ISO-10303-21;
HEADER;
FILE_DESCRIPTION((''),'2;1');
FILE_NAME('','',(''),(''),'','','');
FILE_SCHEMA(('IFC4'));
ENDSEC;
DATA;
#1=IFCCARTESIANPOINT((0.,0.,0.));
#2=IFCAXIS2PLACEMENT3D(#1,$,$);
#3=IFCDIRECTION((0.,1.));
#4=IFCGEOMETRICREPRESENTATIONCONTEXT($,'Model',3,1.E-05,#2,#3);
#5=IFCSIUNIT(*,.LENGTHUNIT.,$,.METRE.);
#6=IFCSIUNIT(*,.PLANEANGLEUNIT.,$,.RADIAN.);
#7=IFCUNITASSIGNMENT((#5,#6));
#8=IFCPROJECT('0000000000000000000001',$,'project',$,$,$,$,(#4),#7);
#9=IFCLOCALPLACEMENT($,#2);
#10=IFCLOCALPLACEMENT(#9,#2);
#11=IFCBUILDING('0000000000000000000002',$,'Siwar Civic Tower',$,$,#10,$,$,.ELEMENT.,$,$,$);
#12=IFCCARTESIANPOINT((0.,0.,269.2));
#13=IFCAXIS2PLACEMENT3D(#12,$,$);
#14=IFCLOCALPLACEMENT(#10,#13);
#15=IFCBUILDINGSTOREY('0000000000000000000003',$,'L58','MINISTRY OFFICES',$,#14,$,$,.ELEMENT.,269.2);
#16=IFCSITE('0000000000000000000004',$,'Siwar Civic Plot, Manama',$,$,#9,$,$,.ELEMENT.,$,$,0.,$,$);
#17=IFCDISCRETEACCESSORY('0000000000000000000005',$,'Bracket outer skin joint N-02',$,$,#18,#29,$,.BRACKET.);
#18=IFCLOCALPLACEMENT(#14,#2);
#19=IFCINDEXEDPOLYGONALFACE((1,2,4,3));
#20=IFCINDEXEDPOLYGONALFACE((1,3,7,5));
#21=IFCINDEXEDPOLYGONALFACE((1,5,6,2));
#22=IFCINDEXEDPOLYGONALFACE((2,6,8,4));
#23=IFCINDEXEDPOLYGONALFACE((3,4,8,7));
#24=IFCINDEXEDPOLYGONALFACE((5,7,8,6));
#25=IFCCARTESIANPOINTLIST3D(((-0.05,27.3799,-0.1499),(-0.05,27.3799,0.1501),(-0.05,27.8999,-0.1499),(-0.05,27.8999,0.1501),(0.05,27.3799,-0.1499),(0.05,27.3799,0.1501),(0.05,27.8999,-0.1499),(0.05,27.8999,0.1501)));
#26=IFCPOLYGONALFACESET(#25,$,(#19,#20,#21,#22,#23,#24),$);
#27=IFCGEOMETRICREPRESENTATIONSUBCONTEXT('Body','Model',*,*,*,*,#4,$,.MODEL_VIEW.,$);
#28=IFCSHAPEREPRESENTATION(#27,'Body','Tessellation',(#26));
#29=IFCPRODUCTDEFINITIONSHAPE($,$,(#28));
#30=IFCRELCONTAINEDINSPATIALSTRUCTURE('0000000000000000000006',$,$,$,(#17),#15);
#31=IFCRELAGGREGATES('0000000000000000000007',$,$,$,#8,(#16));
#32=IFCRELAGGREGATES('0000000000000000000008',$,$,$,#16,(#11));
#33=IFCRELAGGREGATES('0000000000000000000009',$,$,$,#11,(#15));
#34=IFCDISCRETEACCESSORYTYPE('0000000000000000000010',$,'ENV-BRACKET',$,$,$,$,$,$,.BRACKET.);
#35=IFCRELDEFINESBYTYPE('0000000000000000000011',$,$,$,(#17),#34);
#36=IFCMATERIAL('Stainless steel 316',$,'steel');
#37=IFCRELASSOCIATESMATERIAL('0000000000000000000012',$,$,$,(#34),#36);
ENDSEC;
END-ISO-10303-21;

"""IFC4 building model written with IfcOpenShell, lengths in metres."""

from ifc_helpers import new_model, si_unit, direction, frame, origin, origin_2d, place, context, subcontext, project, spatial, rectangle, extrude, material, type_object, element, save


model = new_model("IFC4")

# Units and contexts
model_context = context("Model", 3, precision=1e-05, world=origin(), true_north=direction((0.0, 1.0)))
body_context = subcontext(model_context, "Body", "Model", "MODEL_VIEW")
ifc_project = project(units=[si_unit("LENGTHUNIT", "METRE"), si_unit("PLANEANGLEUNIT", "RADIAN")], contexts=[model_context])

# Site, building, storey
site_placement = place(None, origin())
site = spatial("IfcSite", under=ifc_project, at=site_placement, Name="Siwar Civic Plot, Manama", CompositionType="ELEMENT", RefElevation=0.0)
building_placement = place(site_placement, origin())
building = spatial("IfcBuilding", under=site, at=building_placement, Name="Siwar Civic Tower", CompositionType="ELEMENT")
storey_placement = place(building_placement, frame((0.0, 0.0, 269.2)))
storey = spatial("IfcBuildingStorey", under=building, at=storey_placement, Name="L58", Description="MINISTRY OFFICES", CompositionType="ELEMENT", Elevation=269.2)

# Discrete accessory
ifc_material_1 = material(Name="Stainless steel 316", Category="steel")
discrete_accessory_type = type_object("IfcDiscreteAccessoryType", Name="ENV-BRACKET", PredefinedType="BRACKET", material=ifc_material_1)
for number, where, z_axis, x_axis, name in (
    (1, (0.0, 27.6399, -0.1499), (0.0, 0.0, 1.0), (0.0, 1.0, 0.0), "Bracket outer skin joint N-02"),
):
    element("IfcDiscreteAccessory", number, at=place(storey_placement, frame(where, z_axis=z_axis, x_axis=x_axis)), inside=storey, type_object=discrete_accessory_type, Name=name, PredefinedType="BRACKET", context=body_context, shape_type="SweptSolid", body=[
        extrude(rectangle(XDim=0.52, YDim=0.1001, at=origin_2d()), origin(), (0.0, 0.0, 1.0), 0.3),
    ])

save(model, "model.ifc")
